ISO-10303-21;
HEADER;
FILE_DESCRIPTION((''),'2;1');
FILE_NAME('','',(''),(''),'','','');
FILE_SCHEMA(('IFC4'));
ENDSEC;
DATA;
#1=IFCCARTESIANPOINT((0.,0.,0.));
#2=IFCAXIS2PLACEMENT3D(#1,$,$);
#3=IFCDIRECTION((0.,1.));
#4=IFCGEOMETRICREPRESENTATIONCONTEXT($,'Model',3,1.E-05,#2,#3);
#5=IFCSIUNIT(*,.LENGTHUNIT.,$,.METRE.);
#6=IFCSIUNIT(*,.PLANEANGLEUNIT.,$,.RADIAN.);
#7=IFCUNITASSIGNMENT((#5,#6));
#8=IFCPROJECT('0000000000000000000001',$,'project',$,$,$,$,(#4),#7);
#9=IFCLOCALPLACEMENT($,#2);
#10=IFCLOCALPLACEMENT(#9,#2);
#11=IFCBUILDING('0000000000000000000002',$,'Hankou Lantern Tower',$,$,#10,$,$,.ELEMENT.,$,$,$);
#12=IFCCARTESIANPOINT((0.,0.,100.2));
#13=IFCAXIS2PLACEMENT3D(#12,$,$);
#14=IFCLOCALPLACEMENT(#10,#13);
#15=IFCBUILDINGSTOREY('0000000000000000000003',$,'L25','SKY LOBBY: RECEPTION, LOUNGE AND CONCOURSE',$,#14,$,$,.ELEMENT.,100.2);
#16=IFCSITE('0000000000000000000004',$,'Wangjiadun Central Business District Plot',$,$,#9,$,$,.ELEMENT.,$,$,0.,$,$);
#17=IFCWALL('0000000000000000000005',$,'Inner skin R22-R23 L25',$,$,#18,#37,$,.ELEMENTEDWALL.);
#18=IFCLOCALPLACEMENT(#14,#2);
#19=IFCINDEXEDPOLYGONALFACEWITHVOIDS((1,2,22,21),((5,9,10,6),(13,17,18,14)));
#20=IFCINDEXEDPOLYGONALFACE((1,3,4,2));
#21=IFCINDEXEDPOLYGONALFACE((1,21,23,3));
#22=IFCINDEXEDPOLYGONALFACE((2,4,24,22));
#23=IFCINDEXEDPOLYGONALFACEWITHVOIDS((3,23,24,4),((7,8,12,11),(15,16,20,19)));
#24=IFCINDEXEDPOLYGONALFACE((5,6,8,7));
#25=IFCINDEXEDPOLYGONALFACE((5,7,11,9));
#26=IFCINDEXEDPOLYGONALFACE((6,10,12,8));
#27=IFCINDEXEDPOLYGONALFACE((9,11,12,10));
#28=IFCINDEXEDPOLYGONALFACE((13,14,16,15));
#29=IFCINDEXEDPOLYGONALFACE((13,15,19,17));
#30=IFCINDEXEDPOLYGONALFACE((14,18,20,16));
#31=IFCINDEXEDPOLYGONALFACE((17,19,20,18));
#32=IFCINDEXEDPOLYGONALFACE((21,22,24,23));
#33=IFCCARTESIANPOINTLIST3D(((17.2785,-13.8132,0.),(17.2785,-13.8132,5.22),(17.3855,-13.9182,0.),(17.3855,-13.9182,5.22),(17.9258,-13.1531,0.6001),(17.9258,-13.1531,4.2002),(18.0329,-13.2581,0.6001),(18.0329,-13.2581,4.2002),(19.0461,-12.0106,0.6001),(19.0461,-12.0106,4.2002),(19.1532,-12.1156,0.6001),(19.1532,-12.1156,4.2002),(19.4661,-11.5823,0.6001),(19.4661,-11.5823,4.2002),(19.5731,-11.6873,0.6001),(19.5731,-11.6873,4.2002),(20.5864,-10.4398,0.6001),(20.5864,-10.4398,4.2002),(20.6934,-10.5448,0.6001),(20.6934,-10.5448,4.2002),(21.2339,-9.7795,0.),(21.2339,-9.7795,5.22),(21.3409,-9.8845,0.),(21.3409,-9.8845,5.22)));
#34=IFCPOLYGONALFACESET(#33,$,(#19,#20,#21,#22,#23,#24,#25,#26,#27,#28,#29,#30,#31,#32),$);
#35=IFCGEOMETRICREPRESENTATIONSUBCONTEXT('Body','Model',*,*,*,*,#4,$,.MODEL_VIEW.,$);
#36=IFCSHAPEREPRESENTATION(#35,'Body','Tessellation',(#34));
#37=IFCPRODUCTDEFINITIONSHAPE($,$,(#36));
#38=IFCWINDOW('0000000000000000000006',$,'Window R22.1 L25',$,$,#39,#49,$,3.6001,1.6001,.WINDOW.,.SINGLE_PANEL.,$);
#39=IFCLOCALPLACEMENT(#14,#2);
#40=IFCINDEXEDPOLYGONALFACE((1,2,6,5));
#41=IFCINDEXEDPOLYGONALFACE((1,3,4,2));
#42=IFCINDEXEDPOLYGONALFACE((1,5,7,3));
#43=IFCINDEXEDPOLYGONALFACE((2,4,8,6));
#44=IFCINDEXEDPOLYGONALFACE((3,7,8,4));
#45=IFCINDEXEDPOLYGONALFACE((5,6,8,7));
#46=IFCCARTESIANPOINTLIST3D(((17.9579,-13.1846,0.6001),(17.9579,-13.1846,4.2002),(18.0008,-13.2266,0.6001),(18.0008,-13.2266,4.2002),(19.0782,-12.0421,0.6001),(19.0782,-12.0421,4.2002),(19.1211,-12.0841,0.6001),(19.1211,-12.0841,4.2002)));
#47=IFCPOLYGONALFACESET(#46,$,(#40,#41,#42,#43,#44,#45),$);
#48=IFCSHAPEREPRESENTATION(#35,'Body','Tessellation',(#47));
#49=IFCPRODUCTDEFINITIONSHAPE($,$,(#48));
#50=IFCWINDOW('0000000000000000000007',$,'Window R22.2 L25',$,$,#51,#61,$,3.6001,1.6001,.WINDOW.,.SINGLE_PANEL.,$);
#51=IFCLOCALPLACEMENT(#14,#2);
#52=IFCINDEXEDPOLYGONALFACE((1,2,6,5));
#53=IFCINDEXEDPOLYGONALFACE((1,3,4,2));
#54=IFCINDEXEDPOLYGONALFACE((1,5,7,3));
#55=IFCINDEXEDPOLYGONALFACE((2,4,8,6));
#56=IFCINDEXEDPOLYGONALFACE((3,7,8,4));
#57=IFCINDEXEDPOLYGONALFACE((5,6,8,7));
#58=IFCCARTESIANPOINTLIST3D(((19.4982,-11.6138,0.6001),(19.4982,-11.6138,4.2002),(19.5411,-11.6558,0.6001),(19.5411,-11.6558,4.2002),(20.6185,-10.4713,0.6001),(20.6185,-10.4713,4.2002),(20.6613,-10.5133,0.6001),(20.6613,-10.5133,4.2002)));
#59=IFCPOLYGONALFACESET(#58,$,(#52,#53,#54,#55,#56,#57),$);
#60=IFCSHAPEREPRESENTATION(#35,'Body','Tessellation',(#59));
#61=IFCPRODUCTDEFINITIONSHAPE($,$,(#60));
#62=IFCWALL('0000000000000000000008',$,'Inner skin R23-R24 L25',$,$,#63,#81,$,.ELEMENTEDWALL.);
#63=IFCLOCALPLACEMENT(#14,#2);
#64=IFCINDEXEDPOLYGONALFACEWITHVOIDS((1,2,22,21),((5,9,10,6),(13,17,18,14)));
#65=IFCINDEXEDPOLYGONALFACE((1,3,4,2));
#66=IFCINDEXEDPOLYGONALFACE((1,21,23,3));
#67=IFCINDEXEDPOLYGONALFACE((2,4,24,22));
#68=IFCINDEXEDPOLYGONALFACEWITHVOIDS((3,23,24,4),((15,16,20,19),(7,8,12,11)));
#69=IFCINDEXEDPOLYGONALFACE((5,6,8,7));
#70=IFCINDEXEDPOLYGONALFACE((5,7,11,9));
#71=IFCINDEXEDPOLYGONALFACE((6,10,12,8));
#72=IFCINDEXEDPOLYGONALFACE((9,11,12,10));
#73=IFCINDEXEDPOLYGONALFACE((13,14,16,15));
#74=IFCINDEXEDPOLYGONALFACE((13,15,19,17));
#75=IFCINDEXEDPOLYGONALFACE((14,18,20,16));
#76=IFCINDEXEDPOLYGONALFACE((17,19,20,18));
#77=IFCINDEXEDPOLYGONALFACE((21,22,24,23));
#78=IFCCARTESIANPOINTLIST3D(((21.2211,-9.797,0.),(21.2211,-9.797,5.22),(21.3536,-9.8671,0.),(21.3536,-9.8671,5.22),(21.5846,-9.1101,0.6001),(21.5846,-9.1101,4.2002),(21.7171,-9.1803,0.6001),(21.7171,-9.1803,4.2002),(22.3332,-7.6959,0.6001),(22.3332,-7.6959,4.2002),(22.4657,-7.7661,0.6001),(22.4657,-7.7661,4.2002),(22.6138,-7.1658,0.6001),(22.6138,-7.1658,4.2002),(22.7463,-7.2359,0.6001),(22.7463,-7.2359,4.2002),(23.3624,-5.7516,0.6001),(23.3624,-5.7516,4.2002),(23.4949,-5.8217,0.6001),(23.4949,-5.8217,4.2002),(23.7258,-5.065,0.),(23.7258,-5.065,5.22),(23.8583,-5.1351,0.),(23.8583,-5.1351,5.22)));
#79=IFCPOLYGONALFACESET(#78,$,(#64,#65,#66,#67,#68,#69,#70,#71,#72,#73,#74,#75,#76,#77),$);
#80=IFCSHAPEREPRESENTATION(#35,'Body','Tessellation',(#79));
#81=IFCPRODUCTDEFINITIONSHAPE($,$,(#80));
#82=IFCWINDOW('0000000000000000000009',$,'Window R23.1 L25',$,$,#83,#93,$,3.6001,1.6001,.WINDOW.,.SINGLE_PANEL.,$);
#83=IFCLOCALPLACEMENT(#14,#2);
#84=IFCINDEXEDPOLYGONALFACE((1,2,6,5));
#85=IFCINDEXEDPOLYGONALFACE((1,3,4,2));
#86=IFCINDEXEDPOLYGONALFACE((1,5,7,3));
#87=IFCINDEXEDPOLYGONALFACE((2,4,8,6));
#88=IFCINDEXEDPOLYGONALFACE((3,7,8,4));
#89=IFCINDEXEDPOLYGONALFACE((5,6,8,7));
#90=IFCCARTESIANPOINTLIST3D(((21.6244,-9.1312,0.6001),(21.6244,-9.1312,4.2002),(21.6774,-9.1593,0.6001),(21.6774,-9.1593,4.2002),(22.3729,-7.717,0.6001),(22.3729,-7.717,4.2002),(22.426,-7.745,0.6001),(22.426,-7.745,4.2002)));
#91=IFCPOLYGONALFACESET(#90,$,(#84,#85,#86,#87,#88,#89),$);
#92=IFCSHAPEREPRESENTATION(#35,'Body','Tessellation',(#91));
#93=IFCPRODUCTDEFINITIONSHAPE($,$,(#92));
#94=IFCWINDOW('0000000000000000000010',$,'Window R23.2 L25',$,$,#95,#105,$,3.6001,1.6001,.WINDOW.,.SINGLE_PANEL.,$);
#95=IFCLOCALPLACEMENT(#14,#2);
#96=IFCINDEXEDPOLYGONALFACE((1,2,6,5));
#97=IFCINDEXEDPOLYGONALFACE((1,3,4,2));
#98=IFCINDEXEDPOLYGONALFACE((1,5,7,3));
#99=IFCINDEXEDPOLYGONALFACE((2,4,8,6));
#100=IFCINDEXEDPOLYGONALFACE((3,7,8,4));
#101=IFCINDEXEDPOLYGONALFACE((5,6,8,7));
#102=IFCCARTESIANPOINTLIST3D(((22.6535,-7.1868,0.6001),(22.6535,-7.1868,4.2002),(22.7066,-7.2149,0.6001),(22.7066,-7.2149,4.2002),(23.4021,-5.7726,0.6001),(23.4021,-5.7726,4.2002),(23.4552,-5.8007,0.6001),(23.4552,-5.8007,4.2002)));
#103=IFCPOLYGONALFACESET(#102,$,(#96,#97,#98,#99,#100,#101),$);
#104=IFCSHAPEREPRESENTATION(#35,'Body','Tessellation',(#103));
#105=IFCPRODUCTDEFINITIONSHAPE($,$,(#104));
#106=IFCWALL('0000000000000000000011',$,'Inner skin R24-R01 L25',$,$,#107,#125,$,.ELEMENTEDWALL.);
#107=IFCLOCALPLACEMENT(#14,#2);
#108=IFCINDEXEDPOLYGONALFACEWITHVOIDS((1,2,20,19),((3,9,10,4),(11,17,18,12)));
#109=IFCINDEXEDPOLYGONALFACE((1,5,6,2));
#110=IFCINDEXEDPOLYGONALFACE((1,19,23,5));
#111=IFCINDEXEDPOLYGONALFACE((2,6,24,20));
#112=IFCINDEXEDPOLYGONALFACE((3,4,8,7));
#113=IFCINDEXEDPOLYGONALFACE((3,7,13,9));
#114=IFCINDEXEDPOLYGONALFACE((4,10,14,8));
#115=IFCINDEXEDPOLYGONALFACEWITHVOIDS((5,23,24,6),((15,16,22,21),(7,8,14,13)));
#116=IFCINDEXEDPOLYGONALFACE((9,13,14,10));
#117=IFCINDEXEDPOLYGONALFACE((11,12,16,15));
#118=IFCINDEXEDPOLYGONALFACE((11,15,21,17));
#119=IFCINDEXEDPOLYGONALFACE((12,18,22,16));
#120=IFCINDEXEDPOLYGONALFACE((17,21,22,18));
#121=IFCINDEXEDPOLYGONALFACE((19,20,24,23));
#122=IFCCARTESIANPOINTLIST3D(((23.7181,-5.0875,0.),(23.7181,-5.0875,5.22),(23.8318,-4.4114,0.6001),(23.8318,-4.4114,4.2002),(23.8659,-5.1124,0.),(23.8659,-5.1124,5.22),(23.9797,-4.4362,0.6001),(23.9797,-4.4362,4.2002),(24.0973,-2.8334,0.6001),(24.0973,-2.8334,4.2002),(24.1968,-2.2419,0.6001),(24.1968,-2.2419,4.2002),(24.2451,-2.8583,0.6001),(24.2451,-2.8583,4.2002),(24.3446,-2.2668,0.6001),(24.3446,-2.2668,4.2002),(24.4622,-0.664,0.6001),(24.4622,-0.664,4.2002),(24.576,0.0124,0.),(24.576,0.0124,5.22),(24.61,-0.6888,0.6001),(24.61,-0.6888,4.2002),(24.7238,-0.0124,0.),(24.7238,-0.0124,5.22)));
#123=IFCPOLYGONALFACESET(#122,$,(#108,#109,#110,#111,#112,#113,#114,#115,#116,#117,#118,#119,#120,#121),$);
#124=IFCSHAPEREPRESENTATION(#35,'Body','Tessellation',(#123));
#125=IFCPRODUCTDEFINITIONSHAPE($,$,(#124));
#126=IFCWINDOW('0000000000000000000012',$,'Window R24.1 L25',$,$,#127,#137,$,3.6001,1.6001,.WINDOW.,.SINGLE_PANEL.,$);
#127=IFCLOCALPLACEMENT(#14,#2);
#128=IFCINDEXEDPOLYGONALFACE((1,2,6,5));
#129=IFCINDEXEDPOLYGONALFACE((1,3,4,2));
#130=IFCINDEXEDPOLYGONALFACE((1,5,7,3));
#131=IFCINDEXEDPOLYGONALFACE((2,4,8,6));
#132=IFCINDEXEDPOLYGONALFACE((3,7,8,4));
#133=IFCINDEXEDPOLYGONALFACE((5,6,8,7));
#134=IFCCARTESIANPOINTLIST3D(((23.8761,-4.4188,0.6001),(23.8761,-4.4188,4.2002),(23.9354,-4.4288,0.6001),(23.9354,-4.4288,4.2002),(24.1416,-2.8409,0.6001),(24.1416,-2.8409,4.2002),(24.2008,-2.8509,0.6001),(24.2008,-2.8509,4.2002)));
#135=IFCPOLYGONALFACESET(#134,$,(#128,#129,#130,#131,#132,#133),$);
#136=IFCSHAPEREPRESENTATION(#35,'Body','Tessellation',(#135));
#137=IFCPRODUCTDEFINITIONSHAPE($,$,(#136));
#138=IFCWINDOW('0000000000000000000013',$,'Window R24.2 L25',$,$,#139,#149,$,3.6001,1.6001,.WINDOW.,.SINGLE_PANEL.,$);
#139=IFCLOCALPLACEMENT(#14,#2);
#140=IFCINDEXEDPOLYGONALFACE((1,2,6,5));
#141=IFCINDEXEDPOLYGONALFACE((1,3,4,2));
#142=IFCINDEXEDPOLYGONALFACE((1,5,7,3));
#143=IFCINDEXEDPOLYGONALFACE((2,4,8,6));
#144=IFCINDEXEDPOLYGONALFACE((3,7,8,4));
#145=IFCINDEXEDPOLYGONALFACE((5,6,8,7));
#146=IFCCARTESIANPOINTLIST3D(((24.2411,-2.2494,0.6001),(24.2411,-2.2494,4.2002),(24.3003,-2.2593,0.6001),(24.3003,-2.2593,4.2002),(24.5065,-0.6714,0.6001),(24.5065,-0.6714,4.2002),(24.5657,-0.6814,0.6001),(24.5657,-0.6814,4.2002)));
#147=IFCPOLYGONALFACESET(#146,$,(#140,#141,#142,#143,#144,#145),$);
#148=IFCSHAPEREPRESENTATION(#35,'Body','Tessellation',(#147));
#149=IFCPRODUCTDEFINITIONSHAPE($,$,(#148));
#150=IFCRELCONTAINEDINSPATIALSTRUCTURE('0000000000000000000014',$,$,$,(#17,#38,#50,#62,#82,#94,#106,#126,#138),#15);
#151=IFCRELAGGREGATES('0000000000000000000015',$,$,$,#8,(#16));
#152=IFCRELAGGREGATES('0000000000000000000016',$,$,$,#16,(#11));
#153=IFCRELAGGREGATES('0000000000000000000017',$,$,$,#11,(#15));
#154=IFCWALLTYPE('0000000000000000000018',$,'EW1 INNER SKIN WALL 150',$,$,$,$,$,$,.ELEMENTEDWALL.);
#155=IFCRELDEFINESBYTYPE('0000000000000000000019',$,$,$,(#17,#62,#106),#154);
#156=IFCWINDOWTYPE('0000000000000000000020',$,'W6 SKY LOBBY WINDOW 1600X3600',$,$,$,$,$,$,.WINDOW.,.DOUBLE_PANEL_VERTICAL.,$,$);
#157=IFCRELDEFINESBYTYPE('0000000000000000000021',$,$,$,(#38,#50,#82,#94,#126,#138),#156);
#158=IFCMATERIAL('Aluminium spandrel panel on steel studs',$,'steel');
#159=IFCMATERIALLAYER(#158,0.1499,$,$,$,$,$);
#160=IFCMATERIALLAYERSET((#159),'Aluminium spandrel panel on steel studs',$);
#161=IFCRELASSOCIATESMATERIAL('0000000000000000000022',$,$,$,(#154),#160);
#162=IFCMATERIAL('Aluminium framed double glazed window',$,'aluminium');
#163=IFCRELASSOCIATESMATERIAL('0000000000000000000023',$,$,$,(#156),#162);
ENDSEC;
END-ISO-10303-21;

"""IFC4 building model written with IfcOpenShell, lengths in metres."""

from ifc_helpers import new_model, si_unit, direction, frame, frame_2d, origin, place, context, subcontext, project, spatial, rectangle, extrude, material, layer, layer_set, type_object, element, fill, save


model = new_model("IFC4")

# Units and contexts
model_context = context("Model", 3, precision=1e-05, world=origin(), true_north=direction((0.0, 1.0)))
body_context = subcontext(model_context, "Body", "Model", "MODEL_VIEW")
ifc_project = project(units=[si_unit("LENGTHUNIT", "METRE"), si_unit("PLANEANGLEUNIT", "RADIAN")], contexts=[model_context])

# Site, building, storey
site_placement = place(None, origin())
site = spatial("IfcSite", under=ifc_project, at=site_placement, Name="Wangjiadun Central Business District Plot", CompositionType="ELEMENT", RefElevation=0.0)
building_placement = place(site_placement, origin())
building = spatial("IfcBuilding", under=site, at=building_placement, Name="Hankou Lantern Tower", CompositionType="ELEMENT")
storey_placement = place(building_placement, frame((0.0, 0.0, 100.2)))
storey = spatial("IfcBuildingStorey", under=building, at=storey_placement, Name="L25", Description="SKY LOBBY: RECEPTION, LOUNGE AND CONCOURSE", CompositionType="ELEMENT", Elevation=100.2)

# Walls, openings, windows
ifc_material_1 = material(Name="Aluminium spandrel panel on steel studs", Category="steel")
ifc_layer_1 = layer(ifc_material_1, 0.1499)
ifc_layer_set_1 = layer_set([ifc_layer_1], Name="Aluminium spandrel panel on steel studs")
wall_type = type_object("IfcWallType", Name="EW1 INNER SKIN WALL 150", PredefinedType="ELEMENTEDWALL", material=ifc_layer_set_1)
wall_1_placement = place(storey_placement, frame((17.332, -13.8657, 0.0), z_axis=(0.0, 0.0, 1.0), x_axis=(0.700137, 0.714009, 0.0)))
wall_1 = element("IfcWall", 1, at=wall_1_placement, inside=storey, type_object=wall_type, Name="Inner skin R22-R23 L25", PredefinedType="ELEMENTEDWALL", context=body_context, shape_type="SweptSolid", body=[
    extrude(rectangle(XDim=5.6494, YDim=0.1499, at=frame_2d((2.8247, 0.0))), origin(), (0.0, 0.0, 1.0), 5.22),
])
opening_1_placement = place(wall_1_placement, frame((0.9246, 0.0, 0.6001)))
opening_1 = element("IfcOpeningElement", 2, at=opening_1_placement, cuts=wall_1, PredefinedType="OPENING", context=body_context, shape_type="SweptSolid", body=[
    extrude(rectangle(XDim=1.6001, YDim=3.6001, at=frame_2d((0.8, 1.8))), frame((0.0, 0.085, 0.0), z_axis=(0.0, -1.0, 0.0), x_axis=(1.0, 0.0, 0.0)), (0.0, 0.0, 1.0), 0.1699),
])
opening_2_placement = place(wall_1_placement, frame((3.1245, 0.0, 0.6001)))
opening_2 = element("IfcOpeningElement", 3, at=opening_2_placement, cuts=wall_1, PredefinedType="OPENING", context=body_context, shape_type="SweptSolid", body=[
    extrude(rectangle(XDim=1.6001, YDim=3.6001, at=frame_2d((0.8, 1.8))), frame((0.0, 0.085, 0.0), z_axis=(0.0, -1.0, 0.0), x_axis=(1.0, 0.0, 0.0)), (0.0, 0.0, 1.0), 0.1699),
])
ifc_material_2 = material(Name="Aluminium framed double glazed window", Category="aluminium")
window_type = type_object("IfcWindowType", Name="W6 SKY LOBBY WINDOW 1600X3600", PartitioningType="DOUBLE_PANEL_VERTICAL", PredefinedType="WINDOW", material=ifc_material_2)
window_1_placement = place(opening_1_placement, origin())
window_1 = element("IfcWindow", 4, at=window_1_placement, inside=storey, type_object=window_type, Name="Window R22.1 L25", OverallHeight=3.6001, OverallWidth=1.6001, PartitioningType="SINGLE_PANEL", PredefinedType="WINDOW", context=body_context, shape_type="SweptSolid", body=[
    extrude(rectangle(XDim=1.6001, YDim=3.6001, at=frame_2d((0.8, 1.8))), frame((0.0, 0.03, 0.0), z_axis=(0.0, -1.0, 0.0), x_axis=(1.0, 0.0, 0.0)), (0.0, 0.0, 1.0), 0.0601),
])
fill(opening_1, window_1)
window_2_placement = place(opening_2_placement, origin())
window_2 = element("IfcWindow", 5, at=window_2_placement, inside=storey, type_object=window_type, Name="Window R22.2 L25", OverallHeight=3.6001, OverallWidth=1.6001, PartitioningType="SINGLE_PANEL", PredefinedType="WINDOW", context=body_context, shape_type="SweptSolid", body=[
    extrude(rectangle(XDim=1.6001, YDim=3.6001, at=frame_2d((0.8, 1.8))), frame((0.0, 0.03, 0.0), z_axis=(0.0, -1.0, 0.0), x_axis=(1.0, 0.0, 0.0)), (0.0, 0.0, 1.0), 0.0601),
])
fill(opening_2, window_2)
wall_2_placement = place(storey_placement, frame((21.2874, -9.832, 0.0), z_axis=(0.0, 0.0, 1.0), x_axis=(0.467814, 0.883827, 0.0)))
wall_2 = element("IfcWall", 6, at=wall_2_placement, inside=storey, type_object=wall_type, Name="Inner skin R23-R24 L25", PredefinedType="ELEMENTEDWALL", context=body_context, shape_type="SweptSolid", body=[
    extrude(rectangle(XDim=5.354, YDim=0.1499, at=frame_2d((2.677, 0.0))), origin(), (0.0, 0.0, 1.0), 5.22),
])
opening_3_placement = place(wall_2_placement, frame((0.7771, 0.0, 0.6001)))
opening_3 = element("IfcOpeningElement", 7, at=opening_3_placement, cuts=wall_2, PredefinedType="OPENING", context=body_context, shape_type="SweptSolid", body=[
    extrude(rectangle(XDim=1.6001, YDim=3.6001, at=frame_2d((0.8, 1.8))), frame((0.0, 0.085, 0.0), z_axis=(0.0, -1.0, 0.0), x_axis=(1.0, 0.0, 0.0)), (0.0, 0.0, 1.0), 0.1699),
])
opening_4_placement = place(wall_2_placement, frame((2.9771, 0.0, 0.6001)))
opening_4 = element("IfcOpeningElement", 8, at=opening_4_placement, cuts=wall_2, PredefinedType="OPENING", context=body_context, shape_type="SweptSolid", body=[
    extrude(rectangle(XDim=1.6001, YDim=3.6001, at=frame_2d((0.8, 1.8))), frame((0.0, 0.085, 0.0), z_axis=(0.0, -1.0, 0.0), x_axis=(1.0, 0.0, 0.0)), (0.0, 0.0, 1.0), 0.1699),
])
window_3_placement = place(opening_3_placement, origin())
window_3 = element("IfcWindow", 9, at=window_3_placement, inside=storey, type_object=window_type, Name="Window R23.1 L25", OverallHeight=3.6001, OverallWidth=1.6001, PartitioningType="SINGLE_PANEL", PredefinedType="WINDOW", context=body_context, shape_type="SweptSolid", body=[
    extrude(rectangle(XDim=1.6001, YDim=3.6001, at=frame_2d((0.8, 1.8))), frame((0.0, 0.03, 0.0), z_axis=(0.0, -1.0, 0.0), x_axis=(1.0, 0.0, 0.0)), (0.0, 0.0, 1.0), 0.0601),
])
fill(opening_3, window_3)
window_4_placement = place(opening_4_placement, origin())
window_4 = element("IfcWindow", 10, at=window_4_placement, inside=storey, type_object=window_type, Name="Window R23.2 L25", OverallHeight=3.6001, OverallWidth=1.6001, PartitioningType="SINGLE_PANEL", PredefinedType="WINDOW", context=body_context, shape_type="SweptSolid", body=[
    extrude(rectangle(XDim=1.6001, YDim=3.6001, at=frame_2d((0.8, 1.8))), frame((0.0, 0.03, 0.0), z_axis=(0.0, -1.0, 0.0), x_axis=(1.0, 0.0, 0.0)), (0.0, 0.0, 1.0), 0.0601),
])
fill(opening_4, window_4)
wall_3_placement = place(storey_placement, frame((23.792, -5.1001, 0.0), z_axis=(0.0, 0.0, 1.0), x_axis=(0.165884, 0.986145, 0.0)))
wall_3 = element("IfcWall", 11, at=wall_3_placement, inside=storey, type_object=wall_type, Name="Inner skin R24-R01 L25", PredefinedType="ELEMENTEDWALL", context=body_context, shape_type="SweptSolid", body=[
    extrude(rectangle(XDim=5.1716, YDim=0.1499, at=frame_2d((2.5859, 0.0))), origin(), (0.0, 0.0, 1.0), 5.22),
])
opening_5_placement = place(wall_3_placement, frame((0.6858, 0.0, 0.6001)))
opening_5 = element("IfcOpeningElement", 12, at=opening_5_placement, cuts=wall_3, PredefinedType="OPENING", context=body_context, shape_type="SweptSolid", body=[
    extrude(rectangle(XDim=1.6001, YDim=3.6001, at=frame_2d((0.8, 1.8))), frame((0.0, 0.085, 0.0), z_axis=(0.0, -1.0, 0.0), x_axis=(1.0, 0.0, 0.0)), (0.0, 0.0, 1.0), 0.1699),
])
opening_6_placement = place(wall_3_placement, frame((2.8857, 0.0, 0.6001)))
opening_6 = element("IfcOpeningElement", 13, at=opening_6_placement, cuts=wall_3, PredefinedType="OPENING", context=body_context, shape_type="SweptSolid", body=[
    extrude(rectangle(XDim=1.6001, YDim=3.6001, at=frame_2d((0.8, 1.8))), frame((0.0, 0.085, 0.0), z_axis=(0.0, -1.0, 0.0), x_axis=(1.0, 0.0, 0.0)), (0.0, 0.0, 1.0), 0.1699),
])
window_5_placement = place(opening_5_placement, origin())
window_5 = element("IfcWindow", 14, at=window_5_placement, inside=storey, type_object=window_type, Name="Window R24.1 L25", OverallHeight=3.6001, OverallWidth=1.6001, PartitioningType="SINGLE_PANEL", PredefinedType="WINDOW", context=body_context, shape_type="SweptSolid", body=[
    extrude(rectangle(XDim=1.6001, YDim=3.6001, at=frame_2d((0.8, 1.8))), frame((0.0, 0.03, 0.0), z_axis=(0.0, -1.0, 0.0), x_axis=(1.0, 0.0, 0.0)), (0.0, 0.0, 1.0), 0.0601),
])
fill(opening_5, window_5)
window_6_placement = place(opening_6_placement, origin())
window_6 = element("IfcWindow", 15, at=window_6_placement, inside=storey, type_object=window_type, Name="Window R24.2 L25", OverallHeight=3.6001, OverallWidth=1.6001, PartitioningType="SINGLE_PANEL", PredefinedType="WINDOW", context=body_context, shape_type="SweptSolid", body=[
    extrude(rectangle(XDim=1.6001, YDim=3.6001, at=frame_2d((0.8, 1.8))), frame((0.0, 0.03, 0.0), z_axis=(0.0, -1.0, 0.0), x_axis=(1.0, 0.0, 0.0)), (0.0, 0.0, 1.0), 0.0601),
])
fill(opening_6, window_6)

save(model, "model.ifc")
